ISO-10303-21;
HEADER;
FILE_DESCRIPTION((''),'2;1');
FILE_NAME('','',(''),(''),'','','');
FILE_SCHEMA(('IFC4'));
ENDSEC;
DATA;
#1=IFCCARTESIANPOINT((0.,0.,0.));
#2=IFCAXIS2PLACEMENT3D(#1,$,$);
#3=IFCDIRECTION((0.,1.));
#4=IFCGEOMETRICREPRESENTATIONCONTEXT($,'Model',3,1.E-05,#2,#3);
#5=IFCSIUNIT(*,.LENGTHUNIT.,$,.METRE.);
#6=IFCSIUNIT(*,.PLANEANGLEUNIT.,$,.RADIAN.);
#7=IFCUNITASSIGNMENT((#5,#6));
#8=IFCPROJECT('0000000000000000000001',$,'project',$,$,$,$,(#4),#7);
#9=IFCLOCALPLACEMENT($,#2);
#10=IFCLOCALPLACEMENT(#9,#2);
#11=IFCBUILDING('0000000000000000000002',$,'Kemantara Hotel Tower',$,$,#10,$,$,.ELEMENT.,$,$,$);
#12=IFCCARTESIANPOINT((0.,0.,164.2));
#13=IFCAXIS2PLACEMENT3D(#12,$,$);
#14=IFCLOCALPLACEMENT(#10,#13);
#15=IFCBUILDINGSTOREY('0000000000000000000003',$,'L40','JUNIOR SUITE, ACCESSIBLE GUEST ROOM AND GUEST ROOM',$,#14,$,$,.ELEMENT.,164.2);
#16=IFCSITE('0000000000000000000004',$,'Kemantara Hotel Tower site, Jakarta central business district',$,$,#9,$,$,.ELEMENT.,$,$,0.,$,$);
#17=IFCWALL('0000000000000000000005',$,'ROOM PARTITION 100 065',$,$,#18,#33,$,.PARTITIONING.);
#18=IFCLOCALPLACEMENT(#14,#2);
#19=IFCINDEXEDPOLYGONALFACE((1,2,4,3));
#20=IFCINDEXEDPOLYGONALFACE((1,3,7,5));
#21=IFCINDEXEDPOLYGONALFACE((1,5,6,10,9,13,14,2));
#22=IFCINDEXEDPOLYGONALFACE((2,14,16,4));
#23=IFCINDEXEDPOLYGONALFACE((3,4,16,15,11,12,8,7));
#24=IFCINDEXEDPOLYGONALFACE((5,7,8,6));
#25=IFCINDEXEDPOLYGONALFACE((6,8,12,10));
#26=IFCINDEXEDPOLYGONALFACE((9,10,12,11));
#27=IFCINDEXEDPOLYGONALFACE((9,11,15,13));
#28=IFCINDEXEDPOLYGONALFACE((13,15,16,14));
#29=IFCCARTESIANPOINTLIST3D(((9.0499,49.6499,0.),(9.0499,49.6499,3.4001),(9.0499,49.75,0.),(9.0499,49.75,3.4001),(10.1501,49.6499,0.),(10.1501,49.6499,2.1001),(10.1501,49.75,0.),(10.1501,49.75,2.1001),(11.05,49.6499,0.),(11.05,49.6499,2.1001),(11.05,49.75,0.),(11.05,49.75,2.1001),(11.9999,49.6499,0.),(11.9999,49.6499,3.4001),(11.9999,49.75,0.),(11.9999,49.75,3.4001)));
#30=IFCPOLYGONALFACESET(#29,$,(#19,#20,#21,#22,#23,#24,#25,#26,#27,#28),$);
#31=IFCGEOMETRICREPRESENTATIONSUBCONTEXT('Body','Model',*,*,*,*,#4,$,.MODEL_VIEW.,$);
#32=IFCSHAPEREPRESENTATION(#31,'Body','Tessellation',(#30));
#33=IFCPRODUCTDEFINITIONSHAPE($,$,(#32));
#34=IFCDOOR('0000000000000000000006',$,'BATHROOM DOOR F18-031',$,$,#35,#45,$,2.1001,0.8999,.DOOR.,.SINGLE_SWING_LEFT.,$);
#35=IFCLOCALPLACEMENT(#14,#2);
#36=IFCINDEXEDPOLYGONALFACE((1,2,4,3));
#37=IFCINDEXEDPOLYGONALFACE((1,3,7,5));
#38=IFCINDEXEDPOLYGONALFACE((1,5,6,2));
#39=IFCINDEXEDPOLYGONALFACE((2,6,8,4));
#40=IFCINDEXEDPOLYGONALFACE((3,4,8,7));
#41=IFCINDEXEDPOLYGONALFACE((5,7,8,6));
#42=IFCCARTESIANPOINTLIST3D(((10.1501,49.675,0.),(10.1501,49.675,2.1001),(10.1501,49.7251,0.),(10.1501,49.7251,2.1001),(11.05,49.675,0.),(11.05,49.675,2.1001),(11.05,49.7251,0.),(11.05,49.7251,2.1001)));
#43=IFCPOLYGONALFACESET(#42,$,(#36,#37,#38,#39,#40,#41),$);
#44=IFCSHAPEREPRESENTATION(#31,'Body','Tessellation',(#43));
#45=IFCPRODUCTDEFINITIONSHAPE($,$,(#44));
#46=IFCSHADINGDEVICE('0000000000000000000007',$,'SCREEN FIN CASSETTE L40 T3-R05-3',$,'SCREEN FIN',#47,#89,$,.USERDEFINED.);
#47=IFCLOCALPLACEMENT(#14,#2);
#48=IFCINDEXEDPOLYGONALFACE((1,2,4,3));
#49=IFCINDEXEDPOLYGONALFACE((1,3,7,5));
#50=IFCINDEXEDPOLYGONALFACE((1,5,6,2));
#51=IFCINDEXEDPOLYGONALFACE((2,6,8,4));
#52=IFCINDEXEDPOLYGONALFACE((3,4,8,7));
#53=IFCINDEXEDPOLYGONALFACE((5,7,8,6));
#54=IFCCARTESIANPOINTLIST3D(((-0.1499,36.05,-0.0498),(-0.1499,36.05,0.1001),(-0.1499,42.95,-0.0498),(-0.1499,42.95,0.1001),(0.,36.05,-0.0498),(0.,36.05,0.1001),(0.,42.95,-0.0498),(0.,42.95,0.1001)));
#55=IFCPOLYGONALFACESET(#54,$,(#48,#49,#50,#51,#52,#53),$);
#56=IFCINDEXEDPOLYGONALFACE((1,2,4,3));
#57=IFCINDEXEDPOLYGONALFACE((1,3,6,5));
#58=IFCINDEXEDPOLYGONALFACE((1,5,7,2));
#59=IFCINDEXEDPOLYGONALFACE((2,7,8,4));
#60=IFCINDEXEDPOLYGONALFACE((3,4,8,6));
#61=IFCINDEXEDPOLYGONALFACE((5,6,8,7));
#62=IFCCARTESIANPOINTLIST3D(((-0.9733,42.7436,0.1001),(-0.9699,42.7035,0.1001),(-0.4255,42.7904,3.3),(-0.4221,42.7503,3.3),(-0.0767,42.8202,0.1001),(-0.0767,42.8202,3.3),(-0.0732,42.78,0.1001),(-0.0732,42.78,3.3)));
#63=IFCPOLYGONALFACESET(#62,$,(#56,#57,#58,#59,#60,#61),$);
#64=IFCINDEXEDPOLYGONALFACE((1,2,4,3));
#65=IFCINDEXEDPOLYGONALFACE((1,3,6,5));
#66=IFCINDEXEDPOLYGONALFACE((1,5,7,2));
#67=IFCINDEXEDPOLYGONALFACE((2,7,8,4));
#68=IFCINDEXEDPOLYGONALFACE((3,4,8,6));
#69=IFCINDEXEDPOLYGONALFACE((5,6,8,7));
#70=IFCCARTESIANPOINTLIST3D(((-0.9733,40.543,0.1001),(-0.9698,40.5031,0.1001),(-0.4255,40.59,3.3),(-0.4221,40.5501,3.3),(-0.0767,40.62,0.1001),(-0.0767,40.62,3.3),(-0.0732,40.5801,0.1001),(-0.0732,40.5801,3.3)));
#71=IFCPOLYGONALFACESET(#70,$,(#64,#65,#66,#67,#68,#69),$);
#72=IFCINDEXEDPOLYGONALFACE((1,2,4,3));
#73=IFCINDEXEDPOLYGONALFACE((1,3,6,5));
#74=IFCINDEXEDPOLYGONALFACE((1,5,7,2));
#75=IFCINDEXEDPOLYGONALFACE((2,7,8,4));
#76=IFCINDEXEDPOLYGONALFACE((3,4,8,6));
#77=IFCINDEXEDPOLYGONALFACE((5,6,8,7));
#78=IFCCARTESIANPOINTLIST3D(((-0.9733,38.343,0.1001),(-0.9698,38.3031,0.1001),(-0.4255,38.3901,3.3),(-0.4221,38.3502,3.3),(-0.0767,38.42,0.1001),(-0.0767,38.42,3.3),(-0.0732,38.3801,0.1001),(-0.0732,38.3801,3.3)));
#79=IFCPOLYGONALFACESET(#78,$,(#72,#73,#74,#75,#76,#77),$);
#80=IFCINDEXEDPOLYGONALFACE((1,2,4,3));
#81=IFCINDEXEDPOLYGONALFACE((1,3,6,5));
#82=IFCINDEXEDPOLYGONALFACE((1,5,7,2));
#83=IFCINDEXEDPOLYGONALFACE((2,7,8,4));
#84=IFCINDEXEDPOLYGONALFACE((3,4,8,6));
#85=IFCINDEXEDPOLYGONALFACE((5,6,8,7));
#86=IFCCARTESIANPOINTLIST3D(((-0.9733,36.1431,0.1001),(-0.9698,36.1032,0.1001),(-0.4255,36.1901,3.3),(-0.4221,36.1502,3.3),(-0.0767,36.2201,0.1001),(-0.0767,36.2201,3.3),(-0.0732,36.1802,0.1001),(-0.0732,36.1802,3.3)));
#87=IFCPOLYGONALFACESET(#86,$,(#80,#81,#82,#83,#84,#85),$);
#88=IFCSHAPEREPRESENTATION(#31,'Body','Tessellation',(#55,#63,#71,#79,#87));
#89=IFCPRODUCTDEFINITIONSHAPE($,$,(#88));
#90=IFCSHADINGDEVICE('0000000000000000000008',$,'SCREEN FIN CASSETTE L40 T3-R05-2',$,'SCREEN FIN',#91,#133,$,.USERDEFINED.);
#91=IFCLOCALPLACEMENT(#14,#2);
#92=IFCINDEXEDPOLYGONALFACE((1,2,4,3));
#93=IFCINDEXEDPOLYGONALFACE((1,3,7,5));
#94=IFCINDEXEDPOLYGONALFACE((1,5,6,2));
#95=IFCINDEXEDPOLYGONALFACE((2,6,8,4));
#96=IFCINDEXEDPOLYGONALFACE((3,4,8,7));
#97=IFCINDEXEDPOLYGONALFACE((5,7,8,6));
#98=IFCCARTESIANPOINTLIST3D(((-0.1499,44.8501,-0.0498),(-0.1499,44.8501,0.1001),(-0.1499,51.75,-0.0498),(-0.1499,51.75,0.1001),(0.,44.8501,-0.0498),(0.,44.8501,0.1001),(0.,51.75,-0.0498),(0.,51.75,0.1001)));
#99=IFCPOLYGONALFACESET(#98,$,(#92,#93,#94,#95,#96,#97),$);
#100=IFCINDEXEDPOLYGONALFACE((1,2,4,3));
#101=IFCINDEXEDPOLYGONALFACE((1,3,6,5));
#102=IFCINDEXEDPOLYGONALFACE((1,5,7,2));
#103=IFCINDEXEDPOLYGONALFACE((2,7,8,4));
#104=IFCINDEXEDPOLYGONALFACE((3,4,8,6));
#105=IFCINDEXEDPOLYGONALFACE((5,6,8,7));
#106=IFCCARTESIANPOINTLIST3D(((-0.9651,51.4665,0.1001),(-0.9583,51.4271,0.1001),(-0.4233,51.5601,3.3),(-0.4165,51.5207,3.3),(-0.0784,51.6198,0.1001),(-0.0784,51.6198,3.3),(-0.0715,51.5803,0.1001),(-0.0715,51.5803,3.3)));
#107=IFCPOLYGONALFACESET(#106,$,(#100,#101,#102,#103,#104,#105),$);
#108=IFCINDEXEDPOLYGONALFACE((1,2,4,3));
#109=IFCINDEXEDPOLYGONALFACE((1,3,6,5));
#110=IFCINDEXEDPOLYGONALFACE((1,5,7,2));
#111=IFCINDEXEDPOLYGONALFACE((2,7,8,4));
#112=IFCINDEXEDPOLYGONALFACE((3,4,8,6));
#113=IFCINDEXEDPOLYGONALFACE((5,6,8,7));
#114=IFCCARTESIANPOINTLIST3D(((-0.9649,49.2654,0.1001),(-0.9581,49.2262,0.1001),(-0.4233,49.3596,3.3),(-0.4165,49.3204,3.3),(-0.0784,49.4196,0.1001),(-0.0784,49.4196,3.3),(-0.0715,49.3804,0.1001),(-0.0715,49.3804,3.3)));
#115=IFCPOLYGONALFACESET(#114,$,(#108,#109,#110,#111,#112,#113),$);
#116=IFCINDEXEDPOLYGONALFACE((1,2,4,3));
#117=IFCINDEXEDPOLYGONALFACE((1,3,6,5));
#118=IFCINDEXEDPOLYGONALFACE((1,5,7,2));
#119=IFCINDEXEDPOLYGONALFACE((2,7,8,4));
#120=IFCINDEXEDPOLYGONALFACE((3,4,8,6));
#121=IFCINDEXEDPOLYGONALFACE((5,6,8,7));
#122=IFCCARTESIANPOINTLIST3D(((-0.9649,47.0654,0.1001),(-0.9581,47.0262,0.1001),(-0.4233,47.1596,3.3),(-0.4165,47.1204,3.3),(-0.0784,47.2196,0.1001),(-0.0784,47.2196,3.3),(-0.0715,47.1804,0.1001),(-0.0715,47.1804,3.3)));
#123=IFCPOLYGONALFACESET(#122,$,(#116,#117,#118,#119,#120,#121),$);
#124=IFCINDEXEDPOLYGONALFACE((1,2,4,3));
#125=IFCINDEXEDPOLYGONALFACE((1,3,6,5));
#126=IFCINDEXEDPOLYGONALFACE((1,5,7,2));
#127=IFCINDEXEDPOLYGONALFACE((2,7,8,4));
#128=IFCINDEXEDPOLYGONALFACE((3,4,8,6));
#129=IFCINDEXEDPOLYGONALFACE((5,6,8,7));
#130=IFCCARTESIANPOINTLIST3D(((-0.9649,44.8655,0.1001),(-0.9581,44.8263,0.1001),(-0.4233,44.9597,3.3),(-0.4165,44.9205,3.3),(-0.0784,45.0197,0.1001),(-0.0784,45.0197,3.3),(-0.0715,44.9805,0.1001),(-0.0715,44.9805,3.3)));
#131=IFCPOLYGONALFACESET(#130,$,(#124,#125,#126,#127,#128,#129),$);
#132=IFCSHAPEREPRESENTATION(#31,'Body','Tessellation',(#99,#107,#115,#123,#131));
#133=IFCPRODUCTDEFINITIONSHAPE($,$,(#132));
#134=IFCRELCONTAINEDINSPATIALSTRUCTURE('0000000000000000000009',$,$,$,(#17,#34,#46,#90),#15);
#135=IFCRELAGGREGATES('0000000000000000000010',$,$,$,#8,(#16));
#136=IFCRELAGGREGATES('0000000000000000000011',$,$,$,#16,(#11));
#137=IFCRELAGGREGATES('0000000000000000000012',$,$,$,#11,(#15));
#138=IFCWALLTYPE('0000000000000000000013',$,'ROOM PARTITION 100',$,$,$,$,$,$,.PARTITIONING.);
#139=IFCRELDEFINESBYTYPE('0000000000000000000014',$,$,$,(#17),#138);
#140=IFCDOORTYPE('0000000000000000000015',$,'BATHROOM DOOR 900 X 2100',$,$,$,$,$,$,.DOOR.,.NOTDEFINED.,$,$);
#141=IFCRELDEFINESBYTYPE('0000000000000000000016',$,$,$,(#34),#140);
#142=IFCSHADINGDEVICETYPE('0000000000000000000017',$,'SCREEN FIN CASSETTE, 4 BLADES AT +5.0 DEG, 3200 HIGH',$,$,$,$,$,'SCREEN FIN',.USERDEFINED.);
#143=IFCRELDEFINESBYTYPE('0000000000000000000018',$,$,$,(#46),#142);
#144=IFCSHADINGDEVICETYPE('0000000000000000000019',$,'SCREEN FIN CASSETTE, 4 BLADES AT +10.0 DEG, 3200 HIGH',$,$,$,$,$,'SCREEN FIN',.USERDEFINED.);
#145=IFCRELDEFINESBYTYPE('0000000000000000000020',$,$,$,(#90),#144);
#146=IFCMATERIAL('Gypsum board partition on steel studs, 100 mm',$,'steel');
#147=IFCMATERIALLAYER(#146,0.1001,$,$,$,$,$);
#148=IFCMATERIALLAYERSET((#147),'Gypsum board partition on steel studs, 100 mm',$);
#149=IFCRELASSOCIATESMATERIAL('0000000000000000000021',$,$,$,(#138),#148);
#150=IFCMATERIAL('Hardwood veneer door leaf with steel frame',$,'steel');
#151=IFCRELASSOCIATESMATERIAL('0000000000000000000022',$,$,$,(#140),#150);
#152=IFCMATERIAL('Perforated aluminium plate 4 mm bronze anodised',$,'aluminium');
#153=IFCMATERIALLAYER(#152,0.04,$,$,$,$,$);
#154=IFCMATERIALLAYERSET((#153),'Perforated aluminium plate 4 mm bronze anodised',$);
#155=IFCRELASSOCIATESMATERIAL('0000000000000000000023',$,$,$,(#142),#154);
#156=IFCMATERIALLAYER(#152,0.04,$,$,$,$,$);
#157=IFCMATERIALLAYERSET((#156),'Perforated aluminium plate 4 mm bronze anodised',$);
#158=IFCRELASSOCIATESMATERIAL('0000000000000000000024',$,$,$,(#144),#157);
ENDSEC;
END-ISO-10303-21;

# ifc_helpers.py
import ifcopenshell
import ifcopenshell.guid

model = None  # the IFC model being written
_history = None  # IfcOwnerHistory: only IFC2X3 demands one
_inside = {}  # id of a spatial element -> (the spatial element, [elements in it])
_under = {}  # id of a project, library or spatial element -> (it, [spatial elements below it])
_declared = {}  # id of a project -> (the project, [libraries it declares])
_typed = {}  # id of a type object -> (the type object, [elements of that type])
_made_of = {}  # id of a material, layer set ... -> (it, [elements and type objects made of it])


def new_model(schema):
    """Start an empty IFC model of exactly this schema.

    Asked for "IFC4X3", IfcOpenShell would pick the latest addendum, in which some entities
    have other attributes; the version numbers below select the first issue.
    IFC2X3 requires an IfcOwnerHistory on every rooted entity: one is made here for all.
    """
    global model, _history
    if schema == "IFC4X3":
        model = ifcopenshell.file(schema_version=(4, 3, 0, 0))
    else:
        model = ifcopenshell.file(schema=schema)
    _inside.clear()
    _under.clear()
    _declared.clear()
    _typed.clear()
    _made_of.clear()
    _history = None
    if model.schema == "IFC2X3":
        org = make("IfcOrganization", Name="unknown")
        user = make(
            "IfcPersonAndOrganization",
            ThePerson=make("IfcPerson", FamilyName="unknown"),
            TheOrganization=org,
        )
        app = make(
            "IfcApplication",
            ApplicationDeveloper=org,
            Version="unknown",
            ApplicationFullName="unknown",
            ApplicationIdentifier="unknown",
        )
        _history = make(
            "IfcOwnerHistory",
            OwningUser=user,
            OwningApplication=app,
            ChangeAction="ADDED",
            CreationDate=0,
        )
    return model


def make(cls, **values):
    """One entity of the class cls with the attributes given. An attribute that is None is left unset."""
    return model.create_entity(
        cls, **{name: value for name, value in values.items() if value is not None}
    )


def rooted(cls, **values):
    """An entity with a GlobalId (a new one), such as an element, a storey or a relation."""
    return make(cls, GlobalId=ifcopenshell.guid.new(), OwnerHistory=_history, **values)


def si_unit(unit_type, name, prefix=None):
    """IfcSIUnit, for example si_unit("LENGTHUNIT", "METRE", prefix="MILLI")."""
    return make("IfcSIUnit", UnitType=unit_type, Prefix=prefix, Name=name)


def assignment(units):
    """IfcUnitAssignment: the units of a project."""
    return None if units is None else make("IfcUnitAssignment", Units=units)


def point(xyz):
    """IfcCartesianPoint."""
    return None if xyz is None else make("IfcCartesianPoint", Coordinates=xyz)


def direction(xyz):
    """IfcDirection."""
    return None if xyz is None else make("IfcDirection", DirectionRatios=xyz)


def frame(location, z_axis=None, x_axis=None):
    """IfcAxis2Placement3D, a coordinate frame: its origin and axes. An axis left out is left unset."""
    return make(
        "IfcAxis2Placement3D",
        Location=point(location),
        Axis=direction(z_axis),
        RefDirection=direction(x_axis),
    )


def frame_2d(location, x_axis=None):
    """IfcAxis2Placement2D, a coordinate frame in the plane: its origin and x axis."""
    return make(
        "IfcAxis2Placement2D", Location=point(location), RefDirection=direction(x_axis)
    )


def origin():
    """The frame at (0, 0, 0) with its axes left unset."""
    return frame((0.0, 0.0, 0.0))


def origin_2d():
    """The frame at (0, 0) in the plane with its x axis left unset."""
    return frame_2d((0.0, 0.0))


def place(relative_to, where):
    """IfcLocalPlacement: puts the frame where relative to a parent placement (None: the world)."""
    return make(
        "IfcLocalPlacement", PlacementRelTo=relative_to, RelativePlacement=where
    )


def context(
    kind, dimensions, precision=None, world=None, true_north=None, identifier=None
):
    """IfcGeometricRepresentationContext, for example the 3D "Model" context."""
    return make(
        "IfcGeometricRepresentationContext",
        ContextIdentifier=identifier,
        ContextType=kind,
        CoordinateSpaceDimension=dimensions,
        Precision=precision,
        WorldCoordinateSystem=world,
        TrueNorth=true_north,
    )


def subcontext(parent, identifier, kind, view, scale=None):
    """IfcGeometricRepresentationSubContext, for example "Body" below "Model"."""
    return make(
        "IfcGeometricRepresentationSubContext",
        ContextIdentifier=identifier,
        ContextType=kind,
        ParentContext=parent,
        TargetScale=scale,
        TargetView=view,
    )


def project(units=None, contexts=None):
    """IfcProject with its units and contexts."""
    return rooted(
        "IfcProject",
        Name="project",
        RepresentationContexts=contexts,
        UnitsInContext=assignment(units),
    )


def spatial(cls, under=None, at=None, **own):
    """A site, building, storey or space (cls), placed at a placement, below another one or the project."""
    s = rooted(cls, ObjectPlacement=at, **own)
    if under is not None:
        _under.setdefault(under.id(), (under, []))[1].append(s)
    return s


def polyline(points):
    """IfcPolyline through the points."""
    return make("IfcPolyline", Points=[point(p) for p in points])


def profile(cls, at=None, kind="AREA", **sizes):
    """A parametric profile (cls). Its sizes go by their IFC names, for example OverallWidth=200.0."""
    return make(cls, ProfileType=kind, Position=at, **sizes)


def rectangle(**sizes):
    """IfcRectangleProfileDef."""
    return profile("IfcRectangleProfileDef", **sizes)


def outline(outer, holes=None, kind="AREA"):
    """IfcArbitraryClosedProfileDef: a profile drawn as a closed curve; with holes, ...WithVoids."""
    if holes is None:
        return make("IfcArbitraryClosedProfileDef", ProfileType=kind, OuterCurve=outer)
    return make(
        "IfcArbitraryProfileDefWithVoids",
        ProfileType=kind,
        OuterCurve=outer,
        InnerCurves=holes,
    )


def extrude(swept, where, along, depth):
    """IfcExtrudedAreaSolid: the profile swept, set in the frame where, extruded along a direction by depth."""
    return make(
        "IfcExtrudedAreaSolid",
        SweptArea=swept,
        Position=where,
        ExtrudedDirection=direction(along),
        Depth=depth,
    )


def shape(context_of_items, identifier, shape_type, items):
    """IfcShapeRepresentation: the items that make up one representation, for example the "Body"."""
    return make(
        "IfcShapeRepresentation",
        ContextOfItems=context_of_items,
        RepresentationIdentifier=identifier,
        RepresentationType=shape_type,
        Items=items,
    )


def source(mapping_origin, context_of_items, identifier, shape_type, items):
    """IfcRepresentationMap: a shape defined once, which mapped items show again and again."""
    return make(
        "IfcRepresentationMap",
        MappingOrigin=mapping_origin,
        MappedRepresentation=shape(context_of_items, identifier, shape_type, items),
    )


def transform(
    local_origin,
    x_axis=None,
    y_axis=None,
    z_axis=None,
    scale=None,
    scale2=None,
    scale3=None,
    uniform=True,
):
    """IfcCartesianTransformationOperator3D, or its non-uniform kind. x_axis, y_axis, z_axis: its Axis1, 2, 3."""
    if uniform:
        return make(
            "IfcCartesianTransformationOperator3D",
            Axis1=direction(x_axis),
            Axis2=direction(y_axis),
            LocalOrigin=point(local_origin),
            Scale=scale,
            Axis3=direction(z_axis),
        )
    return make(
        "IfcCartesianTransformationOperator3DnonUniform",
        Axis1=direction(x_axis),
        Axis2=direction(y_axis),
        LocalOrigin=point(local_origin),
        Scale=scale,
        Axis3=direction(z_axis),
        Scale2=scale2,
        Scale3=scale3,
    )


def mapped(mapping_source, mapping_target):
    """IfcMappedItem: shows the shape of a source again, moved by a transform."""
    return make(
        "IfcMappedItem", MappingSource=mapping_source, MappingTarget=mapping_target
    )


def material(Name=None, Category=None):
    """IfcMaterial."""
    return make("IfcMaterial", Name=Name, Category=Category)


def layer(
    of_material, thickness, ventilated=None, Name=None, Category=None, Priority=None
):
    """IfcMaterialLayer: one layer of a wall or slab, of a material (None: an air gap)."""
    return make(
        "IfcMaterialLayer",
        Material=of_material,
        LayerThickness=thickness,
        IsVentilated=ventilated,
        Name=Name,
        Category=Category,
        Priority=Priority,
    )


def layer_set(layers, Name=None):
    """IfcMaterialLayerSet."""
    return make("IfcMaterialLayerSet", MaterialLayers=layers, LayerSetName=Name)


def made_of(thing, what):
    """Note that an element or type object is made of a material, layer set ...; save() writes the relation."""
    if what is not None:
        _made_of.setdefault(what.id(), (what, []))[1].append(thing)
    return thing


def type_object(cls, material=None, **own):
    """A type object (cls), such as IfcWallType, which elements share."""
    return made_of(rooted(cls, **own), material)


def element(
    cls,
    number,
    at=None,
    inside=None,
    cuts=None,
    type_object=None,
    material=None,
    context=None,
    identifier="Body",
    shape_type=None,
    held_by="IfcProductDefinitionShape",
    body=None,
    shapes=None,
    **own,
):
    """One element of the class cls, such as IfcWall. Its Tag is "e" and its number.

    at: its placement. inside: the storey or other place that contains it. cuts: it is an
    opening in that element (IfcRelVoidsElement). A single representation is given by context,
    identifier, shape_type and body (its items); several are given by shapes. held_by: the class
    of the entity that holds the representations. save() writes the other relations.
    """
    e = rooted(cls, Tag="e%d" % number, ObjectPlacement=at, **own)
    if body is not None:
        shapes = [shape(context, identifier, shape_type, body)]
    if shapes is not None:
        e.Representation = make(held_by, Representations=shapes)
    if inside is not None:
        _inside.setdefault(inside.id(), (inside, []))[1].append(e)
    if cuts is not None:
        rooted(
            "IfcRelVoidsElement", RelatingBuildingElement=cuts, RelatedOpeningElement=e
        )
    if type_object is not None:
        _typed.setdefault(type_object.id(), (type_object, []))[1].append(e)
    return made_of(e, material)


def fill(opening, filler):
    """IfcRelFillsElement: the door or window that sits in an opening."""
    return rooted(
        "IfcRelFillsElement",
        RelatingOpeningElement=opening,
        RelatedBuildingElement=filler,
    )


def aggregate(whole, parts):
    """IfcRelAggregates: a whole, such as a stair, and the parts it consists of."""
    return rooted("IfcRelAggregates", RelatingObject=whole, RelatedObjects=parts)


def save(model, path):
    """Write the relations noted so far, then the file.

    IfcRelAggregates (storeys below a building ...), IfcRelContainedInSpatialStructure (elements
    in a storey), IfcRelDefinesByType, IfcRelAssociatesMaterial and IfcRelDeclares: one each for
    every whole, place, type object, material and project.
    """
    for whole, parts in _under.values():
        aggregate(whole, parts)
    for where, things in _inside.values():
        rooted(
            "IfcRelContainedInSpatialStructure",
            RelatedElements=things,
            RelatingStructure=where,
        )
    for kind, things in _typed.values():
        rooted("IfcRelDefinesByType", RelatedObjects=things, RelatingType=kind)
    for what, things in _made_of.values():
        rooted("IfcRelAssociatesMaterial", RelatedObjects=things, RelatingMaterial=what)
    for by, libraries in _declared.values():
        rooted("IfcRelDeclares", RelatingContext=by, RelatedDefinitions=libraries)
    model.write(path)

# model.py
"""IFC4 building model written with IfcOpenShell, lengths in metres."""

from ifc_helpers import new_model, si_unit, direction, frame, frame_2d, origin, origin_2d, place, context, subcontext, project, spatial, polyline, rectangle, outline, extrude, source, transform, mapped, material, layer, layer_set, type_object, element, fill, save


model = new_model("IFC4")

# Units and contexts
model_context = context("Model", 3, precision=1e-05, world=origin(), true_north=direction((0.0, 1.0)))
body_context = subcontext(model_context, "Body", "Model", "MODEL_VIEW")
ifc_project = project(units=[si_unit("LENGTHUNIT", "METRE"), si_unit("PLANEANGLEUNIT", "RADIAN")], contexts=[model_context])

# Site, building, storey
site_placement = place(None, origin())
site = spatial("IfcSite", under=ifc_project, at=site_placement, Name="Kemantara Hotel Tower site, Jakarta central business district", CompositionType="ELEMENT", RefElevation=0.0)
building_placement = place(site_placement, origin())
building = spatial("IfcBuilding", under=site, at=building_placement, Name="Kemantara Hotel Tower", CompositionType="ELEMENT")
storey_placement = place(building_placement, frame((0.0, 0.0, 164.2)))
storey = spatial("IfcBuildingStorey", under=building, at=storey_placement, Name="L40", Description="JUNIOR SUITE, ACCESSIBLE GUEST ROOM AND GUEST ROOM", CompositionType="ELEMENT", Elevation=164.2)

# Shared definitions
ifc_material_1 = material(Name="Hardwood veneer door leaf with steel frame", Category="steel")

# Shared definitions
ifc_material_2 = material(Name="Gypsum board partition on steel studs, 100 mm", Category="steel")
ifc_layer_1 = layer(ifc_material_2, 0.1001)
ifc_layer_set_1 = layer_set([ifc_layer_1], Name="Gypsum board partition on steel studs, 100 mm")
wall_type_1 = type_object("IfcWallType", Name="ROOM PARTITION 100", PredefinedType="PARTITIONING", material=ifc_layer_set_1)

# Shared definitions
door_type_1 = type_object("IfcDoorType", Name="BATHROOM DOOR 900 X 2100", OperationType="NOTDEFINED", PredefinedType="DOOR", material=ifc_material_1)

# Wall, opening, door
wall_1_placement = place(storey_placement, frame((12.0, 49.7, 0.0), z_axis=(0.0, 0.0, 1.0), x_axis=(-1.0, 0.0, 0.0)))
wall_1 = element("IfcWall", 1, at=wall_1_placement, inside=storey, type_object=wall_type_1, Name="ROOM PARTITION 100 065", PredefinedType="PARTITIONING", context=body_context, shape_type="SweptSolid", body=[
    extrude(rectangle(XDim=2.95, YDim=0.1001, at=frame_2d((1.4751, 0.0))), origin(), (0.0, 0.0, 1.0), 3.4001),
])
opening_1_placement = place(wall_1_placement, frame((0.95, 0.0, 0.0)))
opening_1 = element("IfcOpeningElement", 2, at=opening_1_placement, cuts=wall_1, PredefinedType="OPENING", context=body_context, shape_type="SweptSolid", body=[
    extrude(rectangle(XDim=0.8999, YDim=2.1001, at=frame_2d((0.45, 1.05))), frame((0.0, 0.0601, 0.0), z_axis=(0.0, -1.0, 0.0), x_axis=(1.0, 0.0, 0.0)), (0.0, 0.0, 1.0), 0.1201),
])
door_1_placement = place(opening_1_placement, origin())
door_1 = element("IfcDoor", 3, at=door_1_placement, inside=storey, type_object=door_type_1, Name="BATHROOM DOOR F18-031", OperationType="SINGLE_SWING_LEFT", OverallHeight=2.1001, OverallWidth=0.8999, PredefinedType="DOOR", context=body_context, shape_type="SweptSolid", body=[
    extrude(rectangle(XDim=0.8999, YDim=2.1001, at=frame_2d((0.45, 1.05))), frame((0.0, 0.0249, 0.0), z_axis=(0.0, -1.0, 0.0), x_axis=(1.0, 0.0, 0.0)), (0.0, 0.0, 1.0), 0.05),
])
fill(opening_1, door_1)

# Shading devices
ifc_material_3 = material(Name="Perforated aluminium plate 4 mm bronze anodised", Category="aluminium")
ifc_layer_2 = layer(ifc_material_3, 0.04)
ifc_layer_set_2 = layer_set([ifc_layer_2], Name="Perforated aluminium plate 4 mm bronze anodised")
shading_device_type_1 = type_object("IfcShadingDeviceType", Name="SCREEN FIN CASSETTE, 4 BLADES AT +5.0 DEG, 3200 HIGH", ElementType="SCREEN FIN", PredefinedType="USERDEFINED", material=ifc_layer_set_2)
shared_shape_1 = source(origin(), body_context, "Body", "SweptSolid", [
    extrude(rectangle(XDim=6.8999, YDim=0.1499, at=origin_2d()), frame((3.3, -0.075, -0.1499), z_axis=(0.0, 0.0, 1.0), x_axis=(1.0, 0.0, 0.0)), (0.0, 0.0, 1.0), 0.1499),
    extrude(outline(polyline([(0.0, 0.0), (0.8999, 0.0), (0.3501, 3.2), (0.0, 3.2), (0.0, 0.0)])), frame((0.02, -0.0732, 0.0), z_axis=(-0.996376, -0.085056, 0.0), x_axis=(0.085056, -0.996376, 0.0)), (0.0, 0.0, 1.0), 0.0403),
    extrude(outline(polyline([(0.0, 0.0), (0.8999, 0.0), (0.3501, 3.2), (0.0, 3.2), (0.0, 0.0)])), frame((2.22, -0.0732, 0.0), z_axis=(-0.996332, -0.085575, 0.0), x_axis=(0.085575, -0.996332, 0.0)), (0.0, 0.0, 1.0), 0.04),
    extrude(outline(polyline([(0.0, 0.0), (0.8999, 0.0), (0.3501, 3.2), (0.0, 3.2), (0.0, 0.0)])), frame((4.4199, -0.0732, 0.0), z_axis=(-0.996332, -0.085575, 0.0), x_axis=(0.085575, -0.996332, 0.0)), (0.0, 0.0, 1.0), 0.04),
    extrude(outline(polyline([(0.0, 0.0), (0.8999, 0.0), (0.3501, 3.2), (0.0, 3.2), (0.0, 0.0)])), frame((6.6199, -0.0732, 0.0), z_axis=(-0.996332, -0.085575, 0.0), x_axis=(0.085575, -0.996332, 0.0)), (0.0, 0.0, 1.0), 0.04),
])
shading_device_1_placement = place(storey_placement, frame((0.0, 42.8, 0.1001), z_axis=(0.0, 0.0, 1.0), x_axis=(0.0, -1.0, 0.0)))
element("IfcShadingDevice", 4, at=shading_device_1_placement, inside=storey, type_object=shading_device_type_1, Name="SCREEN FIN CASSETTE L40 T3-R05-3", ObjectType="SCREEN FIN", PredefinedType="USERDEFINED", context=body_context, shape_type="MappedRepresentation", body=[
    mapped(shared_shape_1, transform((0.0, 0.0, 0.0))),
])
ifc_layer_3 = layer(ifc_material_3, 0.04)
ifc_layer_set_3 = layer_set([ifc_layer_3], Name="Perforated aluminium plate 4 mm bronze anodised")
shading_device_type_2 = type_object("IfcShadingDeviceType", Name="SCREEN FIN CASSETTE, 4 BLADES AT +10.0 DEG, 3200 HIGH", ElementType="SCREEN FIN", PredefinedType="USERDEFINED", material=ifc_layer_set_3)
shared_shape_2 = source(origin(), body_context, "Body", "SweptSolid", [
    extrude(rectangle(XDim=6.8999, YDim=0.1499, at=origin_2d()), frame((3.3, -0.075, -0.1499), z_axis=(0.0, 0.0, 1.0), x_axis=(1.0, 0.0, 0.0)), (0.0, 0.0, 1.0), 0.1499),
    extrude(outline(polyline([(0.0, 0.0), (0.8999, 0.0), (0.3501, 3.2), (0.0, 3.2), (0.0, 0.0)])), frame((0.0198, -0.0715, 0.0), z_axis=(-0.98539, -0.170314, 0.0), x_axis=(0.170314, -0.98539, 0.0)), (0.0, 0.0, 1.0), 0.04),
    extrude(outline(polyline([(0.0, 0.0), (0.8999, 0.0), (0.3501, 3.2), (0.0, 3.2), (0.0, 0.0)])), frame((2.2197, -0.0715, 0.0), z_axis=(-0.985212, -0.171341, 0.0), x_axis=(0.171341, -0.985212, 0.0)), (0.0, 0.0, 1.0), 0.0398),
    extrude(outline(polyline([(0.0, 0.0), (0.8999, 0.0), (0.3501, 3.2), (0.0, 3.2), (0.0, 0.0)])), frame((4.4197, -0.0715, 0.0), z_axis=(-0.985212, -0.171341, 0.0), x_axis=(0.171341, -0.985212, 0.0)), (0.0, 0.0, 1.0), 0.0398),
    extrude(outline(polyline([(0.0, 0.0), (0.8999, 0.0), (0.3501, 3.2), (0.0, 3.2), (0.0, 0.0)])), frame((6.6196, -0.0715, 0.0), z_axis=(-0.985212, -0.171341, 0.0), x_axis=(0.171341, -0.985212, 0.0)), (0.0, 0.0, 1.0), 0.0398),
])
shading_device_2_placement = place(storey_placement, frame((0.0, 51.6001, 0.1001), z_axis=(0.0, 0.0, 1.0), x_axis=(0.0, -1.0, 0.0)))
element("IfcShadingDevice", 5, at=shading_device_2_placement, inside=storey, type_object=shading_device_type_2, Name="SCREEN FIN CASSETTE L40 T3-R05-2", ObjectType="SCREEN FIN", PredefinedType="USERDEFINED", context=body_context, shape_type="MappedRepresentation", body=[
    mapped(shared_shape_2, transform((0.0, 0.0, 0.0))),
])

save(model, "model.ifc")
